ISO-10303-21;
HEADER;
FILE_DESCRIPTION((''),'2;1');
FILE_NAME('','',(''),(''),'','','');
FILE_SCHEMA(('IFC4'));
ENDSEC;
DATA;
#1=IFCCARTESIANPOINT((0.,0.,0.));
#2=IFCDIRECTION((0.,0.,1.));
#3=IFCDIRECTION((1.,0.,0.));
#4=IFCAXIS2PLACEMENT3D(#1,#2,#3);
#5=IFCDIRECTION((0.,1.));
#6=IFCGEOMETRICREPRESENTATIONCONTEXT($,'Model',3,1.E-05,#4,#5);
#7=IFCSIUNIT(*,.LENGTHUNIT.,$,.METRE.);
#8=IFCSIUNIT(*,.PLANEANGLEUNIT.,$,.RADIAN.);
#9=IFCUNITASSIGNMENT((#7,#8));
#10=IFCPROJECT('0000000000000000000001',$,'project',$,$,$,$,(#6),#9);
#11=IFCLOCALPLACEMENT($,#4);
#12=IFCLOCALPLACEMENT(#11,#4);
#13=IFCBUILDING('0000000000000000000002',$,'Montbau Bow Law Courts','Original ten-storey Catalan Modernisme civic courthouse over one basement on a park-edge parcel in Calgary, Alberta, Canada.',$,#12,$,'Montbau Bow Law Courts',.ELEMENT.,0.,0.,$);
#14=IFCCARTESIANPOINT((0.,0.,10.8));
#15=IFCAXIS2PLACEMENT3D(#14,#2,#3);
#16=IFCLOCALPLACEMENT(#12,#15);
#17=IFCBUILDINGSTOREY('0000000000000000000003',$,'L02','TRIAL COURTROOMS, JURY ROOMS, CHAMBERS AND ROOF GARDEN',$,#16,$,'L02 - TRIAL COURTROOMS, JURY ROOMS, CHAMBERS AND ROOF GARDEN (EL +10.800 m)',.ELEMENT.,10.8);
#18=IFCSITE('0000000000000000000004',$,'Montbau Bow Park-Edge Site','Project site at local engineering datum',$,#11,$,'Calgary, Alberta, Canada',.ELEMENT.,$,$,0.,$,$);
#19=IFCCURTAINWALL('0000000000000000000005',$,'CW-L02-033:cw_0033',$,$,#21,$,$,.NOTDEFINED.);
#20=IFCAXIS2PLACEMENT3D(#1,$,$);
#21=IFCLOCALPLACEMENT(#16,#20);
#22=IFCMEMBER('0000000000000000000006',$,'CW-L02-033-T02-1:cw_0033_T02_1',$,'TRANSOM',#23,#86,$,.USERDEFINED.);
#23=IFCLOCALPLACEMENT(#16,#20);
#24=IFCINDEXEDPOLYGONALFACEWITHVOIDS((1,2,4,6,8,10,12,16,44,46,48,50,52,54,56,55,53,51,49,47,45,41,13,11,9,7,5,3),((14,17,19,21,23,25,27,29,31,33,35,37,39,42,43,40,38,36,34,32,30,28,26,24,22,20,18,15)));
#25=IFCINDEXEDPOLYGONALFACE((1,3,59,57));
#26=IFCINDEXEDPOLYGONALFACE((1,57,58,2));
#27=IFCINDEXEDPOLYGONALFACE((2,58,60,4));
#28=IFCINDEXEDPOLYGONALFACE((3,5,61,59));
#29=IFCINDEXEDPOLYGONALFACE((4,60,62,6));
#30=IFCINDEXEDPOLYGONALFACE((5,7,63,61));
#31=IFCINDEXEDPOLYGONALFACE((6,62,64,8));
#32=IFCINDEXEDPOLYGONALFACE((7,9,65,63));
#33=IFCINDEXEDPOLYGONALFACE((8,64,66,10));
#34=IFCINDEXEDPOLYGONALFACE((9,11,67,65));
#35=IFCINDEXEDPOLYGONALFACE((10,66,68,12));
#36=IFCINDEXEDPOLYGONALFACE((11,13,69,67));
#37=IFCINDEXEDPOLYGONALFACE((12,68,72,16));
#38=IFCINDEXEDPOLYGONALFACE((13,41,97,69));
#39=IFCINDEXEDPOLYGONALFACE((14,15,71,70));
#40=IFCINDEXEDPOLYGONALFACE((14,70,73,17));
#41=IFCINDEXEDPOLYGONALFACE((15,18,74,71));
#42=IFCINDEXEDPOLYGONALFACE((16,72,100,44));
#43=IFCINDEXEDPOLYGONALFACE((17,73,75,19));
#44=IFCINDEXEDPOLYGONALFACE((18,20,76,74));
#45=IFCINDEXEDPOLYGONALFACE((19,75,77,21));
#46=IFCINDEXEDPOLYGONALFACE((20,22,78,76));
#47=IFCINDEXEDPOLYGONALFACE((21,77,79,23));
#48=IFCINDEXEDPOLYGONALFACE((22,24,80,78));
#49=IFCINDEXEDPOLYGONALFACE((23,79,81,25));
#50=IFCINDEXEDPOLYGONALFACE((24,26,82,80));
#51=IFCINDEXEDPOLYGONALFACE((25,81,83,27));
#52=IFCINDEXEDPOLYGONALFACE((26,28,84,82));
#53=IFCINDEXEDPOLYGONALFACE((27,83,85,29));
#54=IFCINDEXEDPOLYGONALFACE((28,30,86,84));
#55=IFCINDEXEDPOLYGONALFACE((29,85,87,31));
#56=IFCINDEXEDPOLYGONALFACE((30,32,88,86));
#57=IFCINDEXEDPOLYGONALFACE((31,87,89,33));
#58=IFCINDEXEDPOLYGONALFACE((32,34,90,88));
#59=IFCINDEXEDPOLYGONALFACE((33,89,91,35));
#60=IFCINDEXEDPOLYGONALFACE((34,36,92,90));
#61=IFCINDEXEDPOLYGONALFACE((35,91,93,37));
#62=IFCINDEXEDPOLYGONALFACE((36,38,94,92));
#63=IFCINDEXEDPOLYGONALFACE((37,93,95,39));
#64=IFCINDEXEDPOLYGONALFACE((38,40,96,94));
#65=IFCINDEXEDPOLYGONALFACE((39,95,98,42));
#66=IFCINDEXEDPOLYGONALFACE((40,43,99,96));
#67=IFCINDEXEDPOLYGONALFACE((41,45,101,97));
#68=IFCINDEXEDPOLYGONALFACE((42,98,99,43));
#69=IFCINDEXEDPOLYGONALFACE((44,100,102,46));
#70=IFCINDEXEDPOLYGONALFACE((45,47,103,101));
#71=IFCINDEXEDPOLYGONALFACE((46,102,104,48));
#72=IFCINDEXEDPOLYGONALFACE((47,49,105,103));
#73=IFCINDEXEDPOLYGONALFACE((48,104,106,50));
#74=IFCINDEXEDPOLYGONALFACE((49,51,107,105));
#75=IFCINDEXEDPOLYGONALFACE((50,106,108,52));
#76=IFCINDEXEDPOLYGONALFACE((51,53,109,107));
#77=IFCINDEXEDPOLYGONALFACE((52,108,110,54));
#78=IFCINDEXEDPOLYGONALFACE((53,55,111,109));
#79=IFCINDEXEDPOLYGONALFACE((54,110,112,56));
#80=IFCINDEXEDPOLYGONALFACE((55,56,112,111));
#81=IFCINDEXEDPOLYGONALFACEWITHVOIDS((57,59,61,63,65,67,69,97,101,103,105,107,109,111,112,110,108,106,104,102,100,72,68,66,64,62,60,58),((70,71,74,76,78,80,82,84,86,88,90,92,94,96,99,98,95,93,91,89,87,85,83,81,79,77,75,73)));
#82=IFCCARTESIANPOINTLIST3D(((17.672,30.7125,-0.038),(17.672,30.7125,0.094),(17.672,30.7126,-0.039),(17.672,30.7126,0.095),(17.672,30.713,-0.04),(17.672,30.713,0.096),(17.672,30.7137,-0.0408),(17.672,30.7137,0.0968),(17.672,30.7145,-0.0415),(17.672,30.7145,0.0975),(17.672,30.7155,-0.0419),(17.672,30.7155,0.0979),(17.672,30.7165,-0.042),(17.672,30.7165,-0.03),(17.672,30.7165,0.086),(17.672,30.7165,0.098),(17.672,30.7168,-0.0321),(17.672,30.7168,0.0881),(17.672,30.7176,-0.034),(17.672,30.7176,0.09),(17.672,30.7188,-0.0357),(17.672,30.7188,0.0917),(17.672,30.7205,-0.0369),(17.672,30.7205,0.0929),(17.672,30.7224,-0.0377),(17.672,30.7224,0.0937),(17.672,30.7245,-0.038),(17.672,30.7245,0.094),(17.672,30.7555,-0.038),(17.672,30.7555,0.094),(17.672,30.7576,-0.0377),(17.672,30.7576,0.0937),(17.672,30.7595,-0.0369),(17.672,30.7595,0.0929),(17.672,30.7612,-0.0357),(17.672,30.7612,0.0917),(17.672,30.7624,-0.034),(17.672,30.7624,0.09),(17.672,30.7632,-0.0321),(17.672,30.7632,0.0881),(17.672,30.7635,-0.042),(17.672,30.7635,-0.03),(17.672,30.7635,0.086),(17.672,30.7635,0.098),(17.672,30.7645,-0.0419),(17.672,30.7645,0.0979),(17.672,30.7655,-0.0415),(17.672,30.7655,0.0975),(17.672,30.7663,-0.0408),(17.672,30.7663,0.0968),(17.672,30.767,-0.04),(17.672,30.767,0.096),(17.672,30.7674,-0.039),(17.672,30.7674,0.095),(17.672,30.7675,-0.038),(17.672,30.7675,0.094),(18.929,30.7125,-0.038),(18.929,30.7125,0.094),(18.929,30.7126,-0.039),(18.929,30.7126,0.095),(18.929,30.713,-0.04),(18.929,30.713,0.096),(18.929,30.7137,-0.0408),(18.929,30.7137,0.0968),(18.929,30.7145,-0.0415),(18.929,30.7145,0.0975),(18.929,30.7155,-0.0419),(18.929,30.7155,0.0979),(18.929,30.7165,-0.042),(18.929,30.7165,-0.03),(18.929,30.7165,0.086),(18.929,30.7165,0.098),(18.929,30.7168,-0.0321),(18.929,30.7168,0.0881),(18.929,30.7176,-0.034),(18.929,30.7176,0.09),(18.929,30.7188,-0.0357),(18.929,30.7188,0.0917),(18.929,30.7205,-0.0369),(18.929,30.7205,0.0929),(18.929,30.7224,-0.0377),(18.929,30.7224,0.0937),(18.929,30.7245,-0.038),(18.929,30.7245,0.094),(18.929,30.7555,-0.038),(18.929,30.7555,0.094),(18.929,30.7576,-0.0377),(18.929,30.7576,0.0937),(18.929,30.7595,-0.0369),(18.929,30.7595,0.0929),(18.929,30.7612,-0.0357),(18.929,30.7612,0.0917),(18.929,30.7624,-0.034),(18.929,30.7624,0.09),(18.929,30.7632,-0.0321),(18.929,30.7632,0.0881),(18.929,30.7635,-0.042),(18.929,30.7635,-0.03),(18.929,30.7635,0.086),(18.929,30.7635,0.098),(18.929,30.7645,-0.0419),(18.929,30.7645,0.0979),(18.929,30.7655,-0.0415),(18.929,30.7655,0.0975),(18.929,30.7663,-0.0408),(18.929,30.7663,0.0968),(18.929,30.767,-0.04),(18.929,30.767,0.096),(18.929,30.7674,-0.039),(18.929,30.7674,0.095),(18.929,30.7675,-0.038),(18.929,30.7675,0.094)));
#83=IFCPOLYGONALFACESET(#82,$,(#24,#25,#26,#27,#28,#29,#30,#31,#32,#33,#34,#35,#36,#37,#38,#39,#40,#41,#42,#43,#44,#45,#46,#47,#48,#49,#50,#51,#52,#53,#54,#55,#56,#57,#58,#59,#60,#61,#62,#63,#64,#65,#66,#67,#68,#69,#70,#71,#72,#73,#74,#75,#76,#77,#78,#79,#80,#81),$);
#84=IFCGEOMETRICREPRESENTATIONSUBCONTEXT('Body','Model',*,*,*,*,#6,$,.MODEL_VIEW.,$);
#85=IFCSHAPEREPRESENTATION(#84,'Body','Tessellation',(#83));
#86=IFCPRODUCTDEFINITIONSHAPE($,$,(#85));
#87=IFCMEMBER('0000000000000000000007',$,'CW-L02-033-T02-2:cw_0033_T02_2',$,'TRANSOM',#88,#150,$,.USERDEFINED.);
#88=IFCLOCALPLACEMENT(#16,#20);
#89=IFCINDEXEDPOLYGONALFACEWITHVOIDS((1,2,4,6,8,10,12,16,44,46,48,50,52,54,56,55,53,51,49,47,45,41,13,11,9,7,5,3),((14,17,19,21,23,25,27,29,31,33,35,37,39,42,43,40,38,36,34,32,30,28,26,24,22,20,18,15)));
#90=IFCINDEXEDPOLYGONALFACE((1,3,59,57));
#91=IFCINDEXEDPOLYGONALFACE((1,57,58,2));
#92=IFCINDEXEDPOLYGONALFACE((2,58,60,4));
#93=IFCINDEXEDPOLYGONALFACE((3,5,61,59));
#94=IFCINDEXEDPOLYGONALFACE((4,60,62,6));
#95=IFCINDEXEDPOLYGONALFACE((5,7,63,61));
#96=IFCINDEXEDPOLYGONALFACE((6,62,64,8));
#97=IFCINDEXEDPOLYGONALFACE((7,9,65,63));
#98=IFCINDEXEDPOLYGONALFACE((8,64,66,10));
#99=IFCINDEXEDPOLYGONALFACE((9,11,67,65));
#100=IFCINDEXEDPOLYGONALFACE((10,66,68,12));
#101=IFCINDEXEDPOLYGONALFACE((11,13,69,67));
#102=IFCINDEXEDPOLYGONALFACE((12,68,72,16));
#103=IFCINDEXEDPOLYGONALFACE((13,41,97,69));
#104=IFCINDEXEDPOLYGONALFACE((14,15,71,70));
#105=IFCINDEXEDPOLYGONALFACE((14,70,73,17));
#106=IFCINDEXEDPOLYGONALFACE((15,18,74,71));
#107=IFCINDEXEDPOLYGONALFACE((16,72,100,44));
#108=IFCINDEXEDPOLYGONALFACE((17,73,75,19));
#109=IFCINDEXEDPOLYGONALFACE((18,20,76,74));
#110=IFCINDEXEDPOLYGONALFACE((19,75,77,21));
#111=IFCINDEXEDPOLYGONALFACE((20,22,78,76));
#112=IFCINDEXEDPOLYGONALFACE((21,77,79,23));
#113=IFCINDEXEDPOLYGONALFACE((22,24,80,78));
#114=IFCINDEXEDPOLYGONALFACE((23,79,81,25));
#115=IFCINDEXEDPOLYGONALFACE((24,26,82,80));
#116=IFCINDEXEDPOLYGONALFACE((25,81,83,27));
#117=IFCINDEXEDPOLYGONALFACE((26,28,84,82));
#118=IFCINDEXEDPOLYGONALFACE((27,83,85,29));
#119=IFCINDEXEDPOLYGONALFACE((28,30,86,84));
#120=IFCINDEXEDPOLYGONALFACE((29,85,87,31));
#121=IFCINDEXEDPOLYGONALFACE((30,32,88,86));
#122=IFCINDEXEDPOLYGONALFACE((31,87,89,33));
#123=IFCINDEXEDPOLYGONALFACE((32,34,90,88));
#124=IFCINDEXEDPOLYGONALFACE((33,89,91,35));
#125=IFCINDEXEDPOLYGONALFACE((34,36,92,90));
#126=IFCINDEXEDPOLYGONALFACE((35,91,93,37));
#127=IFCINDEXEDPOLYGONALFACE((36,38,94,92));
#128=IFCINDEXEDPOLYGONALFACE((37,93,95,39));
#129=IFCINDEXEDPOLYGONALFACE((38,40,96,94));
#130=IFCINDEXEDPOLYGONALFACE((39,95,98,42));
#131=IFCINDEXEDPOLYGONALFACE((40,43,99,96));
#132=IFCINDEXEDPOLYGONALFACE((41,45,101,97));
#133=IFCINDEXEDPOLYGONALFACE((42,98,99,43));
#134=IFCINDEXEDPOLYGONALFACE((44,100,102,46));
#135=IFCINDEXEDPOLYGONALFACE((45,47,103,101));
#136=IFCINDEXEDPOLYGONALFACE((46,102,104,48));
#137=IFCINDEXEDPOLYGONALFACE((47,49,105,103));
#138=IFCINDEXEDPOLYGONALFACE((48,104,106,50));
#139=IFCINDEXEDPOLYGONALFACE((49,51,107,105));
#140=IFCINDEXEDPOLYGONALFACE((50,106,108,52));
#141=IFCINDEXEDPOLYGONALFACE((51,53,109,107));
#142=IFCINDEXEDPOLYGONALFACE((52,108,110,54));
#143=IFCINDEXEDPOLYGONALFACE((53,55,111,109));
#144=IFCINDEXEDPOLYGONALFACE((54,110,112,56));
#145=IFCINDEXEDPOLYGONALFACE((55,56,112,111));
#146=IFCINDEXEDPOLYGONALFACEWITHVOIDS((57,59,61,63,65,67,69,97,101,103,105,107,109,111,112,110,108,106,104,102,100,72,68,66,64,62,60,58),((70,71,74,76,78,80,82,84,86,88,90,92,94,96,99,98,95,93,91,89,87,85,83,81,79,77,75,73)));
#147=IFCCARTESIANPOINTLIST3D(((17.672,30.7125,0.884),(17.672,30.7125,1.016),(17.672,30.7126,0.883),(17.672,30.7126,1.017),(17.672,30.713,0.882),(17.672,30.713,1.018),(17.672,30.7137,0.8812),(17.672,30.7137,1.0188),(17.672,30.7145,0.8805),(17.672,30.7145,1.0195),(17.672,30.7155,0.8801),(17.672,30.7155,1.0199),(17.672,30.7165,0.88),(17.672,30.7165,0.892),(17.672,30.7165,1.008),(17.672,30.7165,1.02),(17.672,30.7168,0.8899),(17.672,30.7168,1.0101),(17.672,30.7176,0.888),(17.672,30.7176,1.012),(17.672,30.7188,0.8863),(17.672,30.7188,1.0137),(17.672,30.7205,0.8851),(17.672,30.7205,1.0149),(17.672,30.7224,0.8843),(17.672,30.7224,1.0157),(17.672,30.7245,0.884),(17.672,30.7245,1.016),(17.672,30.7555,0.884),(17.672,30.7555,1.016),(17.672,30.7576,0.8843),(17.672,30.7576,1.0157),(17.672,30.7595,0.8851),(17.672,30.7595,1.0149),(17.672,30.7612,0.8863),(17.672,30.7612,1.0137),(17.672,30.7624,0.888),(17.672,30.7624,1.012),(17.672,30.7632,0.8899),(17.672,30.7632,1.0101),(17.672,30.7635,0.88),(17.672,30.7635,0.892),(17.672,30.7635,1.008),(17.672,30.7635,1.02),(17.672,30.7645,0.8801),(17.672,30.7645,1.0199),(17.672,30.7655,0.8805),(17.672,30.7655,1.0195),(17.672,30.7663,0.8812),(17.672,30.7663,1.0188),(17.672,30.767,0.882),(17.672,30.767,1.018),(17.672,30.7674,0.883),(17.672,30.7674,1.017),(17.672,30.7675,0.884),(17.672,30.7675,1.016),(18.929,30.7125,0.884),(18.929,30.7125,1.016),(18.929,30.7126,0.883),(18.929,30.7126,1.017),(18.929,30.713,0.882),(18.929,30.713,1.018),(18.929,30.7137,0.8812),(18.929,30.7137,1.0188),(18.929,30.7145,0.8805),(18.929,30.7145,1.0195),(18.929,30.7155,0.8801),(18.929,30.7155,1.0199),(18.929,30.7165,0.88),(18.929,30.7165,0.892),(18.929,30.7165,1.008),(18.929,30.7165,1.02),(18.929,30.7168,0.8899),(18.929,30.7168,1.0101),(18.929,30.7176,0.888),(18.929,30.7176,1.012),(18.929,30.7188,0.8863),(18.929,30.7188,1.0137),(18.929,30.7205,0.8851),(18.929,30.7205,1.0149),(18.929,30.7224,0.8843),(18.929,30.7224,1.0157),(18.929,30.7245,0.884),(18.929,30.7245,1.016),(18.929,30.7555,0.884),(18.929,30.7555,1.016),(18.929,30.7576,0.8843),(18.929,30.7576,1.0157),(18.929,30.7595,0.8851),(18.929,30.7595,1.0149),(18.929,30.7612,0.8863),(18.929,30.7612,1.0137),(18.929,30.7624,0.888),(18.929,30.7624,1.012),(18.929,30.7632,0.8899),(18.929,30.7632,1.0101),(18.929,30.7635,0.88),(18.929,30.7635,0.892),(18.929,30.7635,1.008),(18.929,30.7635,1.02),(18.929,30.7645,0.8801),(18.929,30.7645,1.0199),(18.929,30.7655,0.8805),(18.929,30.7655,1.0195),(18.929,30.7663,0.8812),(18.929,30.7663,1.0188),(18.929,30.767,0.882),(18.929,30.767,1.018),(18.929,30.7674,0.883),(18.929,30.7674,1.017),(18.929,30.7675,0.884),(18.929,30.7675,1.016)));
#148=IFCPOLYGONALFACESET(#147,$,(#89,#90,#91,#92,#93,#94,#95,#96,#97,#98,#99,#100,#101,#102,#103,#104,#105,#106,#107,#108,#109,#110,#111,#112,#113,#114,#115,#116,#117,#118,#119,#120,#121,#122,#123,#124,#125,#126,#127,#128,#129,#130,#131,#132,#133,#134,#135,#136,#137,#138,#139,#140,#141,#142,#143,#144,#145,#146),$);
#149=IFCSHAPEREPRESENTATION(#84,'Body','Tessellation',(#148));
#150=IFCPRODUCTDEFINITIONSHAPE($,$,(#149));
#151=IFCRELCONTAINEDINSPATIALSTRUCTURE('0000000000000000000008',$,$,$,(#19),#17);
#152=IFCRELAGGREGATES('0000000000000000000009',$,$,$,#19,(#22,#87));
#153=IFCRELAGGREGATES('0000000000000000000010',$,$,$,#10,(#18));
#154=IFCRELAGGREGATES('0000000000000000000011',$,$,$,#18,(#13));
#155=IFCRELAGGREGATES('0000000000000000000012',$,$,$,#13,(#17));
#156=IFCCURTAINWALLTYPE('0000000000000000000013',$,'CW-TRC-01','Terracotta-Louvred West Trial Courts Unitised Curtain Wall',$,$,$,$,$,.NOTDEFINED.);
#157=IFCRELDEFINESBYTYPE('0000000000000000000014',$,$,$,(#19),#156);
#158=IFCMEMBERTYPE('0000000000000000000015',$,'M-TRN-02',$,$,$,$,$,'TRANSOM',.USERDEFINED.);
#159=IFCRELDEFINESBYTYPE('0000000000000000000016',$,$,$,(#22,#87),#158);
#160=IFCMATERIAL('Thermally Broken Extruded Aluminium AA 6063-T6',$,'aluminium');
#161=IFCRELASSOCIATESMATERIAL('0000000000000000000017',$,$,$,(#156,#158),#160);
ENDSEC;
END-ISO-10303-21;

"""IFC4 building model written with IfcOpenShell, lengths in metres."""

from ifc_helpers import new_model, si_unit, direction, frame, origin_with_axes, origin_2d_with_axis, place, context, subcontext, project, spatial, hollow_rectangle, extrude, material, material_profile, profile_set, type_object, element, aggregate, save


model = new_model("IFC4")

# Units and contexts
model_context = context("Model", 3, precision=1e-05, world=origin_with_axes(), true_north=direction((0.0, 1.0)))
body_context = subcontext(model_context, "Body", "Model", "MODEL_VIEW")
ifc_project = project(units=[si_unit("LENGTHUNIT", "METRE"), si_unit("PLANEANGLEUNIT", "RADIAN")], contexts=[model_context])

# Site, building, storey
site_placement = place(None, origin_with_axes())
site = spatial("IfcSite", under=ifc_project, at=site_placement, Name="Montbau Bow Park-Edge Site", Description="Project site at local engineering datum", LongName="Calgary, Alberta, Canada", CompositionType="ELEMENT", RefElevation=0.0)
building_placement = place(site_placement, origin_with_axes())
building = spatial("IfcBuilding", under=site, at=building_placement, Name="Montbau Bow Law Courts", Description="Original ten-storey Catalan Modernisme civic courthouse over one basement on a park-edge parcel in Calgary, Alberta, Canada.", LongName="Montbau Bow Law Courts", CompositionType="ELEMENT", ElevationOfRefHeight=0.0, ElevationOfTerrain=0.0)
storey_placement = place(building_placement, frame((0.0, 0.0, 10.8), z_axis=(0.0, 0.0, 1.0), x_axis=(1.0, 0.0, 0.0)))
storey = spatial("IfcBuildingStorey", under=building, at=storey_placement, Name="L02", Description="TRIAL COURTROOMS, JURY ROOMS, CHAMBERS AND ROOF GARDEN", LongName="L02 - TRIAL COURTROOMS, JURY ROOMS, CHAMBERS AND ROOF GARDEN (EL +10.800 m)", CompositionType="ELEMENT", Elevation=10.8)

# Curtain wall, members
ifc_material_1 = material(Name="Thermally Broken Extruded Aluminium AA 6063-T6", Category="aluminium")
curtain_wall_type = type_object("IfcCurtainWallType", Name="CW-TRC-01", Description="Terracotta-Louvred West Trial Courts Unitised Curtain Wall", PredefinedType="NOTDEFINED", material=ifc_material_1)
curtain_wall_placement = place(None, frame((16.296, 30.74, 10.8), z_axis=(0.0, 0.0, 1.0), x_axis=(1.0, 0.0, 0.0)))
curtain_wall = element("IfcCurtainWall", 1, at=curtain_wall_placement, inside=storey, type_object=curtain_wall_type, Name="CW-L02-033:cw_0033", PredefinedType="NOTDEFINED")
ifc_material_profile_1 = material_profile(ifc_material_1, hollow_rectangle(XDim=0.055, YDim=0.14, WallThickness=0.004, InnerFilletRadius=0.008, OuterFilletRadius=0.004, at=origin_2d_with_axis()), Name="CWT-140X55", Category="Main", Priority=0)
ifc_profile_set_1 = profile_set([ifc_material_profile_1], Name="Thermally Broken Extruded Aluminium AA 6063-T6")
member_type_1 = type_object("IfcMemberType", Name="M-TRN-02", ElementType="TRANSOM", PredefinedType="USERDEFINED", material=ifc_profile_set_1)
member_1_placement = place(None, frame((17.672, 30.74, 10.828), z_axis=(1.0, 0.0, 0.0), x_axis=(0.0, 1.0, 0.0)))
member_1 = element("IfcMember", 2, at=member_1_placement, type_object=member_type_1, Name="CW-L02-033-T02-1:cw_0033_T02_1", ObjectType="TRANSOM", PredefinedType="USERDEFINED", context=body_context, shape_type="SweptSolid", body=[
    extrude(hollow_rectangle(XDim=0.055, YDim=0.14, WallThickness=0.004, InnerFilletRadius=0.008, OuterFilletRadius=0.004, at=origin_2d_with_axis()), origin_with_axes(), (0.0, 0.0, 1.0), 1.257),
])
member_2_placement = place(None, frame((17.672, 30.74, 11.75), z_axis=(1.0, 0.0, 0.0), x_axis=(0.0, 1.0, 0.0)))
member_2 = element("IfcMember", 3, at=member_2_placement, type_object=member_type_1, Name="CW-L02-033-T02-2:cw_0033_T02_2", ObjectType="TRANSOM", PredefinedType="USERDEFINED", context=body_context, shape_type="SweptSolid", body=[
    extrude(hollow_rectangle(XDim=0.055, YDim=0.14, WallThickness=0.004, InnerFilletRadius=0.008, OuterFilletRadius=0.004, at=origin_2d_with_axis()), origin_with_axes(), (0.0, 0.0, 1.0), 1.257),
])
aggregate(curtain_wall, [member_1, member_2])

save(model, "model.ifc")
